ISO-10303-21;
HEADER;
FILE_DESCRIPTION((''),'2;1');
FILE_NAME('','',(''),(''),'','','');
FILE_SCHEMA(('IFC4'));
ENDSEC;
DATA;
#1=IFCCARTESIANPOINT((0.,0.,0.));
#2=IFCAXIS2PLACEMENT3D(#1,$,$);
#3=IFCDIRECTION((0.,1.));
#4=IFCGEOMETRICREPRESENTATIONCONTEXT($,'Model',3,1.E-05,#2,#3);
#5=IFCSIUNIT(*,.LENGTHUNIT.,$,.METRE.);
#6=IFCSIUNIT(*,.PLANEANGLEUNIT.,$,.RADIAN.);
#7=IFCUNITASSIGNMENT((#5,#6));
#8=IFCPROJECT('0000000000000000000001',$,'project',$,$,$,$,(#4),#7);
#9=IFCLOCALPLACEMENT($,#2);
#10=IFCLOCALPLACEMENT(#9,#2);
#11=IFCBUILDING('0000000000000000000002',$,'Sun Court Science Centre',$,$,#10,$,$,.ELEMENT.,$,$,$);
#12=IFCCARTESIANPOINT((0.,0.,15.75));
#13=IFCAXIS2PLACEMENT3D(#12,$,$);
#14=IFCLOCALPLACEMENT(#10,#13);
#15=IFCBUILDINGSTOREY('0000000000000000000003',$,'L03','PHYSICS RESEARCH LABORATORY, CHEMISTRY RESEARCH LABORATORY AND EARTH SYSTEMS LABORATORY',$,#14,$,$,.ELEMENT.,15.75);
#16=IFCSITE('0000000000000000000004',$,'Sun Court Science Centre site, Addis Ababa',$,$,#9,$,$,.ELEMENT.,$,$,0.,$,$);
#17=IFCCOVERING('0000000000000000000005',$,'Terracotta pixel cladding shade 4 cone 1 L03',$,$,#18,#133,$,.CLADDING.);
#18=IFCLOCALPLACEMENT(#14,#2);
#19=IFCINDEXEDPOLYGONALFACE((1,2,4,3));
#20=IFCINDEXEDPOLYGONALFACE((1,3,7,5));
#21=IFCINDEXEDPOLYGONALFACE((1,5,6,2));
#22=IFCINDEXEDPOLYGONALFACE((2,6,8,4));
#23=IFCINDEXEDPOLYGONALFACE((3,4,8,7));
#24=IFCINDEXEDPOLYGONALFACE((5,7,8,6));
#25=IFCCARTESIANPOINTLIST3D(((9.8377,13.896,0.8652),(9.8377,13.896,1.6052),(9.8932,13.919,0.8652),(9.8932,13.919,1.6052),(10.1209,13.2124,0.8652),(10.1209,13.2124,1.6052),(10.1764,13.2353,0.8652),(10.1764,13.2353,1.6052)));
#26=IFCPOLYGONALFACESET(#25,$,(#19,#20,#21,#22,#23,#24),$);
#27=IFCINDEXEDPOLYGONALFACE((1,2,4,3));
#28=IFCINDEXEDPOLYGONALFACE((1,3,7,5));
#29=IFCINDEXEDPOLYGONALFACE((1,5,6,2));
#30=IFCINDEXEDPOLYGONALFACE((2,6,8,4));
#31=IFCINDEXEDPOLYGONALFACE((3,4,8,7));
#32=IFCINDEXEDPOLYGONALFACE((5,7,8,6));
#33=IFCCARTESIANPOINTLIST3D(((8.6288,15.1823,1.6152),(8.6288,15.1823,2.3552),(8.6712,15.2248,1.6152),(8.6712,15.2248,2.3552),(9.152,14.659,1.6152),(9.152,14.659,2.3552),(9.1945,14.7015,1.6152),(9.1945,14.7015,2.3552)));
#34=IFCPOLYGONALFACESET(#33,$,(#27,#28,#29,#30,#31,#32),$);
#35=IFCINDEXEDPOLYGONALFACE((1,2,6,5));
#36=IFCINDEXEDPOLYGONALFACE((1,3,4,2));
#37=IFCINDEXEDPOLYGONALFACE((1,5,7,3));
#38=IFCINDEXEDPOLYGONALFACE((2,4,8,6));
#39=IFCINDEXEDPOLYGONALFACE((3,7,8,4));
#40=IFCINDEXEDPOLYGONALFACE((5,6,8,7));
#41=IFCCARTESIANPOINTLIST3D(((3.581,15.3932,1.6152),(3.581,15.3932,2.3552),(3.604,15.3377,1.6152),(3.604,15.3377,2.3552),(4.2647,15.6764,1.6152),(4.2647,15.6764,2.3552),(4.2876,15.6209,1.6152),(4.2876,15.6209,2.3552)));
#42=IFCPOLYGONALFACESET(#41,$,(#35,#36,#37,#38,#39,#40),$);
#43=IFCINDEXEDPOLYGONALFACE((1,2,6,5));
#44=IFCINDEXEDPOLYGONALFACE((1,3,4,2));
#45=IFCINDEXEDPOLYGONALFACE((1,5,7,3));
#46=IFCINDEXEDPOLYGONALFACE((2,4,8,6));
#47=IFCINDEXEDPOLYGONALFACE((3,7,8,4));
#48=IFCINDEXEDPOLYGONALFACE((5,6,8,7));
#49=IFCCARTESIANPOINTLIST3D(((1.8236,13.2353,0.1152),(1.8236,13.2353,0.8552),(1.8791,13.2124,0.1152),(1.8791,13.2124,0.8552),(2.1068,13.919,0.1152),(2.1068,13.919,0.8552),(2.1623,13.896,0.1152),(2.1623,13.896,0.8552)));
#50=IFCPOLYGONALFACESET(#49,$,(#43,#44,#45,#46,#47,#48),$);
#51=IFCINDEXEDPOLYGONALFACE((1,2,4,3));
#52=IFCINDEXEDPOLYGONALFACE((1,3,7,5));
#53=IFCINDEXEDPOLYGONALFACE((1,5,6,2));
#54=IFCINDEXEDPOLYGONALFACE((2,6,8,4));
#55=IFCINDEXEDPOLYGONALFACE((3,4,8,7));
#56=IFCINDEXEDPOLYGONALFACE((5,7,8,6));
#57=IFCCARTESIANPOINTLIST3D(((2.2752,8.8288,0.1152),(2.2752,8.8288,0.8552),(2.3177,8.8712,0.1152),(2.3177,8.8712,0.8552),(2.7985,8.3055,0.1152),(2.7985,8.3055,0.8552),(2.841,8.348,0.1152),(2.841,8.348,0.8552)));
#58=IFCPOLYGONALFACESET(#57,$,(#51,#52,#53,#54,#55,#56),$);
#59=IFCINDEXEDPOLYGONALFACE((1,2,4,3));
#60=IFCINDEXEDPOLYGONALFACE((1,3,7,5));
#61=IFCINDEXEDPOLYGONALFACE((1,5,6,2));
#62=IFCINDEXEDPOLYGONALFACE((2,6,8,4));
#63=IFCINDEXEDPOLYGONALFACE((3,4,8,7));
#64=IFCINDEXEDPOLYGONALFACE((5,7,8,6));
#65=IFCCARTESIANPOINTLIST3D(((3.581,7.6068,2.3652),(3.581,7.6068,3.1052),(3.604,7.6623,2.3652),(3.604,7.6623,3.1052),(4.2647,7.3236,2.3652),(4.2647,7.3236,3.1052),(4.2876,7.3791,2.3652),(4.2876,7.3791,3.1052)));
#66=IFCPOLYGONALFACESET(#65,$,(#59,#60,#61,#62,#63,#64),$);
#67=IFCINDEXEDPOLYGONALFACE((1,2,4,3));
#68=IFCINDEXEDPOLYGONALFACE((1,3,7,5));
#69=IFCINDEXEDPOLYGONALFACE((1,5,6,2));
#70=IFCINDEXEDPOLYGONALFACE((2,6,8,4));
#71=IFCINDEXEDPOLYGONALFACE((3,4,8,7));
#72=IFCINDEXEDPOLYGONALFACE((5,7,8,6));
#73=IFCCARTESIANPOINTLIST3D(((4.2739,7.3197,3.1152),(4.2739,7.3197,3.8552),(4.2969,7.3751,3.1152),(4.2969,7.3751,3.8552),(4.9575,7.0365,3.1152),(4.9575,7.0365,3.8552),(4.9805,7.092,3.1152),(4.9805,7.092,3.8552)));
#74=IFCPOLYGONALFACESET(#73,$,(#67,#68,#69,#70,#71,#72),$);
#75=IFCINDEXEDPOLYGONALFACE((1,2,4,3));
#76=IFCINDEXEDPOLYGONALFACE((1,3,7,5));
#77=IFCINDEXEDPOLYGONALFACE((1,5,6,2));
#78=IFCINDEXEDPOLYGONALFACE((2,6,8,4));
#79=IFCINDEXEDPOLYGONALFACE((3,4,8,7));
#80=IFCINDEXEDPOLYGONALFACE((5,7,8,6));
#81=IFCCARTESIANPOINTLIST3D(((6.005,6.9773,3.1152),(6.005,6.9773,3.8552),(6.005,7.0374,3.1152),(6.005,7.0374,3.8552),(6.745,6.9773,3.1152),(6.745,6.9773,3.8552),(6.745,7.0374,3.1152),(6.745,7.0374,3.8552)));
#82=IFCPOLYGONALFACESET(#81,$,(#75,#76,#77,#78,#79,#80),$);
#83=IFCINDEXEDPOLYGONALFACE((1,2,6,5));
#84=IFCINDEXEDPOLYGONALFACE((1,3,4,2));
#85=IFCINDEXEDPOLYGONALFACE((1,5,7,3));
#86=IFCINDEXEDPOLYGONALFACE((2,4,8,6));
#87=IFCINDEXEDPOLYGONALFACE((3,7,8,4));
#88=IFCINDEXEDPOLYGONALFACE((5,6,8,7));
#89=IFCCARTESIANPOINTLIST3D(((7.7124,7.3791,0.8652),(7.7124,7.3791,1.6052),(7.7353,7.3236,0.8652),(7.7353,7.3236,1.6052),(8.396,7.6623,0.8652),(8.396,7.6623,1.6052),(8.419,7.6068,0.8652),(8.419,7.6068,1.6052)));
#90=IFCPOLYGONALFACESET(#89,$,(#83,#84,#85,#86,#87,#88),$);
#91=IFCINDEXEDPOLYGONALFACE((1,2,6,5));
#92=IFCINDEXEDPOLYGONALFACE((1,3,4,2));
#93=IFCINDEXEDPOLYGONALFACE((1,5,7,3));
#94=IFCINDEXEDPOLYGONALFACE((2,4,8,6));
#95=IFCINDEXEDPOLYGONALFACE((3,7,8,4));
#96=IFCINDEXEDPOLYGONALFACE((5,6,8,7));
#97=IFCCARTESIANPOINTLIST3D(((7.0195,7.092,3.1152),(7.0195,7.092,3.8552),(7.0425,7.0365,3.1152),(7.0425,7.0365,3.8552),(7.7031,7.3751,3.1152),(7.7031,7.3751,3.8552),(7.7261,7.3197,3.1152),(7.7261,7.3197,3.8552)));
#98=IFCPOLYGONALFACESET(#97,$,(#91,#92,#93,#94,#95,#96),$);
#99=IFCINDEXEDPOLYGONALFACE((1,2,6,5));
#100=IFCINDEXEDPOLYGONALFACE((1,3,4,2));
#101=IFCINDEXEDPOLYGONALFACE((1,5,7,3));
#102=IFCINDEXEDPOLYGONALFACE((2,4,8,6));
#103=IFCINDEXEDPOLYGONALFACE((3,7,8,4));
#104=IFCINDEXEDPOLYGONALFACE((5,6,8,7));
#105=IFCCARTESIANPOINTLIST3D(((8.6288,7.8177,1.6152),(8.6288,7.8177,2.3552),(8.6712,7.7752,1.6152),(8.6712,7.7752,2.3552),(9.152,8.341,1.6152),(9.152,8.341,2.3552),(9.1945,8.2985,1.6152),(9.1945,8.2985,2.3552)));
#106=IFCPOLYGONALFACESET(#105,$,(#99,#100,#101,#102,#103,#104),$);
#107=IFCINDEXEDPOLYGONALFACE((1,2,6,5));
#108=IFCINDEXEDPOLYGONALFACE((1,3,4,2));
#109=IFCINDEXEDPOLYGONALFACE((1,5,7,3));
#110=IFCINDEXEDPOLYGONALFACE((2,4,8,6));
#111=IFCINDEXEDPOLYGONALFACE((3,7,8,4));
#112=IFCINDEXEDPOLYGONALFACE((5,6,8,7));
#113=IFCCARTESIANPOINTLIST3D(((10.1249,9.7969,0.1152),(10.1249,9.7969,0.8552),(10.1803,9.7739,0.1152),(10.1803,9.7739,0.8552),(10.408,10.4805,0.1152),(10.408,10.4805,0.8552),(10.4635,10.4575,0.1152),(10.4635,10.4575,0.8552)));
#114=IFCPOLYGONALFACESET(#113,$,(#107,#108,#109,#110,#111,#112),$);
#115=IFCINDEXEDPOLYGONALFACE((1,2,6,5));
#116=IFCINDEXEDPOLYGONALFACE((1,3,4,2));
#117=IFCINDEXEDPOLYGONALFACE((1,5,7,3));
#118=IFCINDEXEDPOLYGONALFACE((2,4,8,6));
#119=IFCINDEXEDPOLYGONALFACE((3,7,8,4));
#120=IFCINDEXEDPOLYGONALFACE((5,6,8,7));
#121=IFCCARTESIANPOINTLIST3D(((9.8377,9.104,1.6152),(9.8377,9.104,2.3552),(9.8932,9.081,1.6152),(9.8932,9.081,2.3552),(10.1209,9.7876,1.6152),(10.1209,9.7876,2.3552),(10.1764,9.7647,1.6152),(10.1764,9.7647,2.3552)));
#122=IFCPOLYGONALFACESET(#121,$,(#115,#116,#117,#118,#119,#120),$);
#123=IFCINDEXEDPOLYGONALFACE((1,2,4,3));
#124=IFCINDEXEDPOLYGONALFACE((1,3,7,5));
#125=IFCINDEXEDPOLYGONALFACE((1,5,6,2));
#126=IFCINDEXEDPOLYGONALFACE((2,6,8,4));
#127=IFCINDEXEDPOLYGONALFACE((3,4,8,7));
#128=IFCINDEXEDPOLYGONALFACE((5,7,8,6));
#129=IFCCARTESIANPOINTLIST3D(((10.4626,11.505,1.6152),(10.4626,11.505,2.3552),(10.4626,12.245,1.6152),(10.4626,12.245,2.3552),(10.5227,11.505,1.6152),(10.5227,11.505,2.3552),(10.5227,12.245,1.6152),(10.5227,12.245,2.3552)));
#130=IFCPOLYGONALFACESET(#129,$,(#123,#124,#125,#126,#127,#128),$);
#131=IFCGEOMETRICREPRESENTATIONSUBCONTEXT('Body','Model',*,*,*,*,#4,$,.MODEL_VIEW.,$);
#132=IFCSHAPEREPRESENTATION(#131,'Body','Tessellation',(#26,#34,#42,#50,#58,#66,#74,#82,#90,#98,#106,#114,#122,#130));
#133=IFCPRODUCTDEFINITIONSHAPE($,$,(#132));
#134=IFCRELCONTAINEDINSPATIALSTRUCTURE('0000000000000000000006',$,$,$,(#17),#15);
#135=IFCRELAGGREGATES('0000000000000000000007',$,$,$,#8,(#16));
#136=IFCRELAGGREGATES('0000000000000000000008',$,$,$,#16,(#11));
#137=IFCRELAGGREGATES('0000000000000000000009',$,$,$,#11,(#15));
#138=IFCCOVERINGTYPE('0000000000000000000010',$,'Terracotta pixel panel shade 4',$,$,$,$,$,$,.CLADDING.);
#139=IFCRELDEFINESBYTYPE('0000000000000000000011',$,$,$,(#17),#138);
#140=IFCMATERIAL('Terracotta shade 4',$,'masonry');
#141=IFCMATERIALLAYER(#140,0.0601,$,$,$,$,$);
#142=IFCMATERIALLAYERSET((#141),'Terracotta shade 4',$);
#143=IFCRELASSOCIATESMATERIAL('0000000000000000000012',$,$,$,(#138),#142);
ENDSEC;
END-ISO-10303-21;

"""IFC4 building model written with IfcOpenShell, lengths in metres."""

from ifc_helpers import new_model, si_unit, direction, frame, origin, origin_2d, place, context, subcontext, project, spatial, rectangle, extrude, material, layer, layer_set, type_object, element, save


model = new_model("IFC4")

# Units and contexts
model_context = context("Model", 3, precision=1e-05, world=origin(), true_north=direction((0.0, 1.0)))
body_context = subcontext(model_context, "Body", "Model", "MODEL_VIEW")
ifc_project = project(units=[si_unit("LENGTHUNIT", "METRE"), si_unit("PLANEANGLEUNIT", "RADIAN")], contexts=[model_context])

# Site, building, storey
site_placement = place(None, origin())
site = spatial("IfcSite", under=ifc_project, at=site_placement, Name="Sun Court Science Centre site, Addis Ababa", CompositionType="ELEMENT", RefElevation=0.0)
building_placement = place(site_placement, origin())
building = spatial("IfcBuilding", under=site, at=building_placement, Name="Sun Court Science Centre", CompositionType="ELEMENT")
storey_placement = place(building_placement, frame((0.0, 0.0, 15.75)))
storey = spatial("IfcBuildingStorey", under=building, at=storey_placement, Name="L03", Description="PHYSICS RESEARCH LABORATORY, CHEMISTRY RESEARCH LABORATORY AND EARTH SYSTEMS LABORATORY", CompositionType="ELEMENT", Elevation=15.75)

# Covering
ifc_material_1 = material(Name="Terracotta shade 4", Category="masonry")
ifc_layer_1 = layer(ifc_material_1, 0.0601)
ifc_layer_set_1 = layer_set([ifc_layer_1], Name="Terracotta shade 4")
covering_type_1 = type_object("IfcCoveringType", Name="Terracotta pixel panel shade 4", PredefinedType="CLADDING", material=ifc_layer_set_1)
covering_1_placement = place(storey_placement, frame((0.0, 0.0, -15.75)))
element("IfcCovering", 1, at=covering_1_placement, inside=storey, type_object=covering_type_1, Name="Terracotta pixel cladding shade 4 cone 1 L03", PredefinedType="CLADDING", context=body_context, shape_type="SweptSolid", body=[
    extrude(rectangle(XDim=0.74, YDim=0.0601, at=origin_2d()), frame((10.0071, 13.5657, 16.6152), z_axis=(0.0, 0.0, 1.0), x_axis=(0.382683, -0.92388, 0.0)), (0.0, 0.0, 1.0), 0.74),
    extrude(rectangle(XDim=0.74, YDim=0.0601, at=origin_2d()), frame((8.9116, 14.9419, 17.3652), z_axis=(0.0, 0.0, 1.0), x_axis=(0.707107, -0.707107, 0.0)), (0.0, 0.0, 1.0), 0.74),
    extrude(rectangle(XDim=0.74, YDim=0.0601, at=origin_2d()), frame((3.9343, 15.5071, 17.3652), z_axis=(0.0, 0.0, 1.0), x_axis=(0.92388, 0.382683, 0.0)), (0.0, 0.0, 1.0), 0.74),
    extrude(rectangle(XDim=0.74, YDim=0.0601, at=origin_2d()), frame((1.9929, 13.5657, 15.8652), z_axis=(0.0, 0.0, 1.0), x_axis=(0.382683, 0.92388, 0.0)), (0.0, 0.0, 1.0), 0.74),
    extrude(rectangle(XDim=0.74, YDim=0.0601, at=origin_2d()), frame((2.5581, 8.5884, 15.8652), z_axis=(0.0, 0.0, 1.0), x_axis=(-0.707107, 0.707107, 0.0)), (0.0, 0.0, 1.0), 0.74),
    extrude(rectangle(XDim=0.74, YDim=0.0601, at=origin_2d()), frame((3.9343, 7.4929, 18.1152), z_axis=(0.0, 0.0, 1.0), x_axis=(-0.92388, 0.382683, 0.0)), (0.0, 0.0, 1.0), 0.74),
    extrude(rectangle(XDim=0.74, YDim=0.0601, at=origin_2d()), frame((4.6272, 7.2058, 18.8652), z_axis=(0.0, 0.0, 1.0), x_axis=(-0.92388, 0.382683, 0.0)), (0.0, 0.0, 1.0), 0.74),
    extrude(rectangle(XDim=0.74, YDim=0.0601, at=origin_2d()), frame((6.375, 7.0073, 18.8652), z_axis=(0.0, 0.0, 1.0), x_axis=(-1.0, 0.0, 0.0)), (0.0, 0.0, 1.0), 0.74),
    extrude(rectangle(XDim=0.74, YDim=0.0601, at=origin_2d()), frame((8.0657, 7.4929, 16.6152), z_axis=(0.0, 0.0, 1.0), x_axis=(-0.92388, -0.382683, 0.0)), (0.0, 0.0, 1.0), 0.74),
    extrude(rectangle(XDim=0.74, YDim=0.0601, at=origin_2d()), frame((7.3728, 7.2058, 18.8652), z_axis=(0.0, 0.0, 1.0), x_axis=(-0.92388, -0.382683, 0.0)), (0.0, 0.0, 1.0), 0.74),
    extrude(rectangle(XDim=0.74, YDim=0.0601, at=origin_2d()), frame((8.9116, 8.0581, 17.3652), z_axis=(0.0, 0.0, 1.0), x_axis=(-0.707107, -0.707107, 0.0)), (0.0, 0.0, 1.0), 0.74),
    extrude(rectangle(XDim=0.74, YDim=0.0601, at=origin_2d()), frame((10.2942, 10.1272, 15.8652), z_axis=(0.0, 0.0, 1.0), x_axis=(-0.382683, -0.92388, 0.0)), (0.0, 0.0, 1.0), 0.74),
    extrude(rectangle(XDim=0.74, YDim=0.0601, at=origin_2d()), frame((10.0071, 9.4343, 17.3652), z_axis=(0.0, 0.0, 1.0), x_axis=(-0.382683, -0.92388, 0.0)), (0.0, 0.0, 1.0), 0.74),
    extrude(rectangle(XDim=0.74, YDim=0.0601, at=origin_2d()), frame((10.4927, 11.875, 17.3652), z_axis=(0.0, 0.0, 1.0), x_axis=(0.0, -1.0, 0.0)), (0.0, 0.0, 1.0), 0.74),
])

save(model, "model.ifc")
